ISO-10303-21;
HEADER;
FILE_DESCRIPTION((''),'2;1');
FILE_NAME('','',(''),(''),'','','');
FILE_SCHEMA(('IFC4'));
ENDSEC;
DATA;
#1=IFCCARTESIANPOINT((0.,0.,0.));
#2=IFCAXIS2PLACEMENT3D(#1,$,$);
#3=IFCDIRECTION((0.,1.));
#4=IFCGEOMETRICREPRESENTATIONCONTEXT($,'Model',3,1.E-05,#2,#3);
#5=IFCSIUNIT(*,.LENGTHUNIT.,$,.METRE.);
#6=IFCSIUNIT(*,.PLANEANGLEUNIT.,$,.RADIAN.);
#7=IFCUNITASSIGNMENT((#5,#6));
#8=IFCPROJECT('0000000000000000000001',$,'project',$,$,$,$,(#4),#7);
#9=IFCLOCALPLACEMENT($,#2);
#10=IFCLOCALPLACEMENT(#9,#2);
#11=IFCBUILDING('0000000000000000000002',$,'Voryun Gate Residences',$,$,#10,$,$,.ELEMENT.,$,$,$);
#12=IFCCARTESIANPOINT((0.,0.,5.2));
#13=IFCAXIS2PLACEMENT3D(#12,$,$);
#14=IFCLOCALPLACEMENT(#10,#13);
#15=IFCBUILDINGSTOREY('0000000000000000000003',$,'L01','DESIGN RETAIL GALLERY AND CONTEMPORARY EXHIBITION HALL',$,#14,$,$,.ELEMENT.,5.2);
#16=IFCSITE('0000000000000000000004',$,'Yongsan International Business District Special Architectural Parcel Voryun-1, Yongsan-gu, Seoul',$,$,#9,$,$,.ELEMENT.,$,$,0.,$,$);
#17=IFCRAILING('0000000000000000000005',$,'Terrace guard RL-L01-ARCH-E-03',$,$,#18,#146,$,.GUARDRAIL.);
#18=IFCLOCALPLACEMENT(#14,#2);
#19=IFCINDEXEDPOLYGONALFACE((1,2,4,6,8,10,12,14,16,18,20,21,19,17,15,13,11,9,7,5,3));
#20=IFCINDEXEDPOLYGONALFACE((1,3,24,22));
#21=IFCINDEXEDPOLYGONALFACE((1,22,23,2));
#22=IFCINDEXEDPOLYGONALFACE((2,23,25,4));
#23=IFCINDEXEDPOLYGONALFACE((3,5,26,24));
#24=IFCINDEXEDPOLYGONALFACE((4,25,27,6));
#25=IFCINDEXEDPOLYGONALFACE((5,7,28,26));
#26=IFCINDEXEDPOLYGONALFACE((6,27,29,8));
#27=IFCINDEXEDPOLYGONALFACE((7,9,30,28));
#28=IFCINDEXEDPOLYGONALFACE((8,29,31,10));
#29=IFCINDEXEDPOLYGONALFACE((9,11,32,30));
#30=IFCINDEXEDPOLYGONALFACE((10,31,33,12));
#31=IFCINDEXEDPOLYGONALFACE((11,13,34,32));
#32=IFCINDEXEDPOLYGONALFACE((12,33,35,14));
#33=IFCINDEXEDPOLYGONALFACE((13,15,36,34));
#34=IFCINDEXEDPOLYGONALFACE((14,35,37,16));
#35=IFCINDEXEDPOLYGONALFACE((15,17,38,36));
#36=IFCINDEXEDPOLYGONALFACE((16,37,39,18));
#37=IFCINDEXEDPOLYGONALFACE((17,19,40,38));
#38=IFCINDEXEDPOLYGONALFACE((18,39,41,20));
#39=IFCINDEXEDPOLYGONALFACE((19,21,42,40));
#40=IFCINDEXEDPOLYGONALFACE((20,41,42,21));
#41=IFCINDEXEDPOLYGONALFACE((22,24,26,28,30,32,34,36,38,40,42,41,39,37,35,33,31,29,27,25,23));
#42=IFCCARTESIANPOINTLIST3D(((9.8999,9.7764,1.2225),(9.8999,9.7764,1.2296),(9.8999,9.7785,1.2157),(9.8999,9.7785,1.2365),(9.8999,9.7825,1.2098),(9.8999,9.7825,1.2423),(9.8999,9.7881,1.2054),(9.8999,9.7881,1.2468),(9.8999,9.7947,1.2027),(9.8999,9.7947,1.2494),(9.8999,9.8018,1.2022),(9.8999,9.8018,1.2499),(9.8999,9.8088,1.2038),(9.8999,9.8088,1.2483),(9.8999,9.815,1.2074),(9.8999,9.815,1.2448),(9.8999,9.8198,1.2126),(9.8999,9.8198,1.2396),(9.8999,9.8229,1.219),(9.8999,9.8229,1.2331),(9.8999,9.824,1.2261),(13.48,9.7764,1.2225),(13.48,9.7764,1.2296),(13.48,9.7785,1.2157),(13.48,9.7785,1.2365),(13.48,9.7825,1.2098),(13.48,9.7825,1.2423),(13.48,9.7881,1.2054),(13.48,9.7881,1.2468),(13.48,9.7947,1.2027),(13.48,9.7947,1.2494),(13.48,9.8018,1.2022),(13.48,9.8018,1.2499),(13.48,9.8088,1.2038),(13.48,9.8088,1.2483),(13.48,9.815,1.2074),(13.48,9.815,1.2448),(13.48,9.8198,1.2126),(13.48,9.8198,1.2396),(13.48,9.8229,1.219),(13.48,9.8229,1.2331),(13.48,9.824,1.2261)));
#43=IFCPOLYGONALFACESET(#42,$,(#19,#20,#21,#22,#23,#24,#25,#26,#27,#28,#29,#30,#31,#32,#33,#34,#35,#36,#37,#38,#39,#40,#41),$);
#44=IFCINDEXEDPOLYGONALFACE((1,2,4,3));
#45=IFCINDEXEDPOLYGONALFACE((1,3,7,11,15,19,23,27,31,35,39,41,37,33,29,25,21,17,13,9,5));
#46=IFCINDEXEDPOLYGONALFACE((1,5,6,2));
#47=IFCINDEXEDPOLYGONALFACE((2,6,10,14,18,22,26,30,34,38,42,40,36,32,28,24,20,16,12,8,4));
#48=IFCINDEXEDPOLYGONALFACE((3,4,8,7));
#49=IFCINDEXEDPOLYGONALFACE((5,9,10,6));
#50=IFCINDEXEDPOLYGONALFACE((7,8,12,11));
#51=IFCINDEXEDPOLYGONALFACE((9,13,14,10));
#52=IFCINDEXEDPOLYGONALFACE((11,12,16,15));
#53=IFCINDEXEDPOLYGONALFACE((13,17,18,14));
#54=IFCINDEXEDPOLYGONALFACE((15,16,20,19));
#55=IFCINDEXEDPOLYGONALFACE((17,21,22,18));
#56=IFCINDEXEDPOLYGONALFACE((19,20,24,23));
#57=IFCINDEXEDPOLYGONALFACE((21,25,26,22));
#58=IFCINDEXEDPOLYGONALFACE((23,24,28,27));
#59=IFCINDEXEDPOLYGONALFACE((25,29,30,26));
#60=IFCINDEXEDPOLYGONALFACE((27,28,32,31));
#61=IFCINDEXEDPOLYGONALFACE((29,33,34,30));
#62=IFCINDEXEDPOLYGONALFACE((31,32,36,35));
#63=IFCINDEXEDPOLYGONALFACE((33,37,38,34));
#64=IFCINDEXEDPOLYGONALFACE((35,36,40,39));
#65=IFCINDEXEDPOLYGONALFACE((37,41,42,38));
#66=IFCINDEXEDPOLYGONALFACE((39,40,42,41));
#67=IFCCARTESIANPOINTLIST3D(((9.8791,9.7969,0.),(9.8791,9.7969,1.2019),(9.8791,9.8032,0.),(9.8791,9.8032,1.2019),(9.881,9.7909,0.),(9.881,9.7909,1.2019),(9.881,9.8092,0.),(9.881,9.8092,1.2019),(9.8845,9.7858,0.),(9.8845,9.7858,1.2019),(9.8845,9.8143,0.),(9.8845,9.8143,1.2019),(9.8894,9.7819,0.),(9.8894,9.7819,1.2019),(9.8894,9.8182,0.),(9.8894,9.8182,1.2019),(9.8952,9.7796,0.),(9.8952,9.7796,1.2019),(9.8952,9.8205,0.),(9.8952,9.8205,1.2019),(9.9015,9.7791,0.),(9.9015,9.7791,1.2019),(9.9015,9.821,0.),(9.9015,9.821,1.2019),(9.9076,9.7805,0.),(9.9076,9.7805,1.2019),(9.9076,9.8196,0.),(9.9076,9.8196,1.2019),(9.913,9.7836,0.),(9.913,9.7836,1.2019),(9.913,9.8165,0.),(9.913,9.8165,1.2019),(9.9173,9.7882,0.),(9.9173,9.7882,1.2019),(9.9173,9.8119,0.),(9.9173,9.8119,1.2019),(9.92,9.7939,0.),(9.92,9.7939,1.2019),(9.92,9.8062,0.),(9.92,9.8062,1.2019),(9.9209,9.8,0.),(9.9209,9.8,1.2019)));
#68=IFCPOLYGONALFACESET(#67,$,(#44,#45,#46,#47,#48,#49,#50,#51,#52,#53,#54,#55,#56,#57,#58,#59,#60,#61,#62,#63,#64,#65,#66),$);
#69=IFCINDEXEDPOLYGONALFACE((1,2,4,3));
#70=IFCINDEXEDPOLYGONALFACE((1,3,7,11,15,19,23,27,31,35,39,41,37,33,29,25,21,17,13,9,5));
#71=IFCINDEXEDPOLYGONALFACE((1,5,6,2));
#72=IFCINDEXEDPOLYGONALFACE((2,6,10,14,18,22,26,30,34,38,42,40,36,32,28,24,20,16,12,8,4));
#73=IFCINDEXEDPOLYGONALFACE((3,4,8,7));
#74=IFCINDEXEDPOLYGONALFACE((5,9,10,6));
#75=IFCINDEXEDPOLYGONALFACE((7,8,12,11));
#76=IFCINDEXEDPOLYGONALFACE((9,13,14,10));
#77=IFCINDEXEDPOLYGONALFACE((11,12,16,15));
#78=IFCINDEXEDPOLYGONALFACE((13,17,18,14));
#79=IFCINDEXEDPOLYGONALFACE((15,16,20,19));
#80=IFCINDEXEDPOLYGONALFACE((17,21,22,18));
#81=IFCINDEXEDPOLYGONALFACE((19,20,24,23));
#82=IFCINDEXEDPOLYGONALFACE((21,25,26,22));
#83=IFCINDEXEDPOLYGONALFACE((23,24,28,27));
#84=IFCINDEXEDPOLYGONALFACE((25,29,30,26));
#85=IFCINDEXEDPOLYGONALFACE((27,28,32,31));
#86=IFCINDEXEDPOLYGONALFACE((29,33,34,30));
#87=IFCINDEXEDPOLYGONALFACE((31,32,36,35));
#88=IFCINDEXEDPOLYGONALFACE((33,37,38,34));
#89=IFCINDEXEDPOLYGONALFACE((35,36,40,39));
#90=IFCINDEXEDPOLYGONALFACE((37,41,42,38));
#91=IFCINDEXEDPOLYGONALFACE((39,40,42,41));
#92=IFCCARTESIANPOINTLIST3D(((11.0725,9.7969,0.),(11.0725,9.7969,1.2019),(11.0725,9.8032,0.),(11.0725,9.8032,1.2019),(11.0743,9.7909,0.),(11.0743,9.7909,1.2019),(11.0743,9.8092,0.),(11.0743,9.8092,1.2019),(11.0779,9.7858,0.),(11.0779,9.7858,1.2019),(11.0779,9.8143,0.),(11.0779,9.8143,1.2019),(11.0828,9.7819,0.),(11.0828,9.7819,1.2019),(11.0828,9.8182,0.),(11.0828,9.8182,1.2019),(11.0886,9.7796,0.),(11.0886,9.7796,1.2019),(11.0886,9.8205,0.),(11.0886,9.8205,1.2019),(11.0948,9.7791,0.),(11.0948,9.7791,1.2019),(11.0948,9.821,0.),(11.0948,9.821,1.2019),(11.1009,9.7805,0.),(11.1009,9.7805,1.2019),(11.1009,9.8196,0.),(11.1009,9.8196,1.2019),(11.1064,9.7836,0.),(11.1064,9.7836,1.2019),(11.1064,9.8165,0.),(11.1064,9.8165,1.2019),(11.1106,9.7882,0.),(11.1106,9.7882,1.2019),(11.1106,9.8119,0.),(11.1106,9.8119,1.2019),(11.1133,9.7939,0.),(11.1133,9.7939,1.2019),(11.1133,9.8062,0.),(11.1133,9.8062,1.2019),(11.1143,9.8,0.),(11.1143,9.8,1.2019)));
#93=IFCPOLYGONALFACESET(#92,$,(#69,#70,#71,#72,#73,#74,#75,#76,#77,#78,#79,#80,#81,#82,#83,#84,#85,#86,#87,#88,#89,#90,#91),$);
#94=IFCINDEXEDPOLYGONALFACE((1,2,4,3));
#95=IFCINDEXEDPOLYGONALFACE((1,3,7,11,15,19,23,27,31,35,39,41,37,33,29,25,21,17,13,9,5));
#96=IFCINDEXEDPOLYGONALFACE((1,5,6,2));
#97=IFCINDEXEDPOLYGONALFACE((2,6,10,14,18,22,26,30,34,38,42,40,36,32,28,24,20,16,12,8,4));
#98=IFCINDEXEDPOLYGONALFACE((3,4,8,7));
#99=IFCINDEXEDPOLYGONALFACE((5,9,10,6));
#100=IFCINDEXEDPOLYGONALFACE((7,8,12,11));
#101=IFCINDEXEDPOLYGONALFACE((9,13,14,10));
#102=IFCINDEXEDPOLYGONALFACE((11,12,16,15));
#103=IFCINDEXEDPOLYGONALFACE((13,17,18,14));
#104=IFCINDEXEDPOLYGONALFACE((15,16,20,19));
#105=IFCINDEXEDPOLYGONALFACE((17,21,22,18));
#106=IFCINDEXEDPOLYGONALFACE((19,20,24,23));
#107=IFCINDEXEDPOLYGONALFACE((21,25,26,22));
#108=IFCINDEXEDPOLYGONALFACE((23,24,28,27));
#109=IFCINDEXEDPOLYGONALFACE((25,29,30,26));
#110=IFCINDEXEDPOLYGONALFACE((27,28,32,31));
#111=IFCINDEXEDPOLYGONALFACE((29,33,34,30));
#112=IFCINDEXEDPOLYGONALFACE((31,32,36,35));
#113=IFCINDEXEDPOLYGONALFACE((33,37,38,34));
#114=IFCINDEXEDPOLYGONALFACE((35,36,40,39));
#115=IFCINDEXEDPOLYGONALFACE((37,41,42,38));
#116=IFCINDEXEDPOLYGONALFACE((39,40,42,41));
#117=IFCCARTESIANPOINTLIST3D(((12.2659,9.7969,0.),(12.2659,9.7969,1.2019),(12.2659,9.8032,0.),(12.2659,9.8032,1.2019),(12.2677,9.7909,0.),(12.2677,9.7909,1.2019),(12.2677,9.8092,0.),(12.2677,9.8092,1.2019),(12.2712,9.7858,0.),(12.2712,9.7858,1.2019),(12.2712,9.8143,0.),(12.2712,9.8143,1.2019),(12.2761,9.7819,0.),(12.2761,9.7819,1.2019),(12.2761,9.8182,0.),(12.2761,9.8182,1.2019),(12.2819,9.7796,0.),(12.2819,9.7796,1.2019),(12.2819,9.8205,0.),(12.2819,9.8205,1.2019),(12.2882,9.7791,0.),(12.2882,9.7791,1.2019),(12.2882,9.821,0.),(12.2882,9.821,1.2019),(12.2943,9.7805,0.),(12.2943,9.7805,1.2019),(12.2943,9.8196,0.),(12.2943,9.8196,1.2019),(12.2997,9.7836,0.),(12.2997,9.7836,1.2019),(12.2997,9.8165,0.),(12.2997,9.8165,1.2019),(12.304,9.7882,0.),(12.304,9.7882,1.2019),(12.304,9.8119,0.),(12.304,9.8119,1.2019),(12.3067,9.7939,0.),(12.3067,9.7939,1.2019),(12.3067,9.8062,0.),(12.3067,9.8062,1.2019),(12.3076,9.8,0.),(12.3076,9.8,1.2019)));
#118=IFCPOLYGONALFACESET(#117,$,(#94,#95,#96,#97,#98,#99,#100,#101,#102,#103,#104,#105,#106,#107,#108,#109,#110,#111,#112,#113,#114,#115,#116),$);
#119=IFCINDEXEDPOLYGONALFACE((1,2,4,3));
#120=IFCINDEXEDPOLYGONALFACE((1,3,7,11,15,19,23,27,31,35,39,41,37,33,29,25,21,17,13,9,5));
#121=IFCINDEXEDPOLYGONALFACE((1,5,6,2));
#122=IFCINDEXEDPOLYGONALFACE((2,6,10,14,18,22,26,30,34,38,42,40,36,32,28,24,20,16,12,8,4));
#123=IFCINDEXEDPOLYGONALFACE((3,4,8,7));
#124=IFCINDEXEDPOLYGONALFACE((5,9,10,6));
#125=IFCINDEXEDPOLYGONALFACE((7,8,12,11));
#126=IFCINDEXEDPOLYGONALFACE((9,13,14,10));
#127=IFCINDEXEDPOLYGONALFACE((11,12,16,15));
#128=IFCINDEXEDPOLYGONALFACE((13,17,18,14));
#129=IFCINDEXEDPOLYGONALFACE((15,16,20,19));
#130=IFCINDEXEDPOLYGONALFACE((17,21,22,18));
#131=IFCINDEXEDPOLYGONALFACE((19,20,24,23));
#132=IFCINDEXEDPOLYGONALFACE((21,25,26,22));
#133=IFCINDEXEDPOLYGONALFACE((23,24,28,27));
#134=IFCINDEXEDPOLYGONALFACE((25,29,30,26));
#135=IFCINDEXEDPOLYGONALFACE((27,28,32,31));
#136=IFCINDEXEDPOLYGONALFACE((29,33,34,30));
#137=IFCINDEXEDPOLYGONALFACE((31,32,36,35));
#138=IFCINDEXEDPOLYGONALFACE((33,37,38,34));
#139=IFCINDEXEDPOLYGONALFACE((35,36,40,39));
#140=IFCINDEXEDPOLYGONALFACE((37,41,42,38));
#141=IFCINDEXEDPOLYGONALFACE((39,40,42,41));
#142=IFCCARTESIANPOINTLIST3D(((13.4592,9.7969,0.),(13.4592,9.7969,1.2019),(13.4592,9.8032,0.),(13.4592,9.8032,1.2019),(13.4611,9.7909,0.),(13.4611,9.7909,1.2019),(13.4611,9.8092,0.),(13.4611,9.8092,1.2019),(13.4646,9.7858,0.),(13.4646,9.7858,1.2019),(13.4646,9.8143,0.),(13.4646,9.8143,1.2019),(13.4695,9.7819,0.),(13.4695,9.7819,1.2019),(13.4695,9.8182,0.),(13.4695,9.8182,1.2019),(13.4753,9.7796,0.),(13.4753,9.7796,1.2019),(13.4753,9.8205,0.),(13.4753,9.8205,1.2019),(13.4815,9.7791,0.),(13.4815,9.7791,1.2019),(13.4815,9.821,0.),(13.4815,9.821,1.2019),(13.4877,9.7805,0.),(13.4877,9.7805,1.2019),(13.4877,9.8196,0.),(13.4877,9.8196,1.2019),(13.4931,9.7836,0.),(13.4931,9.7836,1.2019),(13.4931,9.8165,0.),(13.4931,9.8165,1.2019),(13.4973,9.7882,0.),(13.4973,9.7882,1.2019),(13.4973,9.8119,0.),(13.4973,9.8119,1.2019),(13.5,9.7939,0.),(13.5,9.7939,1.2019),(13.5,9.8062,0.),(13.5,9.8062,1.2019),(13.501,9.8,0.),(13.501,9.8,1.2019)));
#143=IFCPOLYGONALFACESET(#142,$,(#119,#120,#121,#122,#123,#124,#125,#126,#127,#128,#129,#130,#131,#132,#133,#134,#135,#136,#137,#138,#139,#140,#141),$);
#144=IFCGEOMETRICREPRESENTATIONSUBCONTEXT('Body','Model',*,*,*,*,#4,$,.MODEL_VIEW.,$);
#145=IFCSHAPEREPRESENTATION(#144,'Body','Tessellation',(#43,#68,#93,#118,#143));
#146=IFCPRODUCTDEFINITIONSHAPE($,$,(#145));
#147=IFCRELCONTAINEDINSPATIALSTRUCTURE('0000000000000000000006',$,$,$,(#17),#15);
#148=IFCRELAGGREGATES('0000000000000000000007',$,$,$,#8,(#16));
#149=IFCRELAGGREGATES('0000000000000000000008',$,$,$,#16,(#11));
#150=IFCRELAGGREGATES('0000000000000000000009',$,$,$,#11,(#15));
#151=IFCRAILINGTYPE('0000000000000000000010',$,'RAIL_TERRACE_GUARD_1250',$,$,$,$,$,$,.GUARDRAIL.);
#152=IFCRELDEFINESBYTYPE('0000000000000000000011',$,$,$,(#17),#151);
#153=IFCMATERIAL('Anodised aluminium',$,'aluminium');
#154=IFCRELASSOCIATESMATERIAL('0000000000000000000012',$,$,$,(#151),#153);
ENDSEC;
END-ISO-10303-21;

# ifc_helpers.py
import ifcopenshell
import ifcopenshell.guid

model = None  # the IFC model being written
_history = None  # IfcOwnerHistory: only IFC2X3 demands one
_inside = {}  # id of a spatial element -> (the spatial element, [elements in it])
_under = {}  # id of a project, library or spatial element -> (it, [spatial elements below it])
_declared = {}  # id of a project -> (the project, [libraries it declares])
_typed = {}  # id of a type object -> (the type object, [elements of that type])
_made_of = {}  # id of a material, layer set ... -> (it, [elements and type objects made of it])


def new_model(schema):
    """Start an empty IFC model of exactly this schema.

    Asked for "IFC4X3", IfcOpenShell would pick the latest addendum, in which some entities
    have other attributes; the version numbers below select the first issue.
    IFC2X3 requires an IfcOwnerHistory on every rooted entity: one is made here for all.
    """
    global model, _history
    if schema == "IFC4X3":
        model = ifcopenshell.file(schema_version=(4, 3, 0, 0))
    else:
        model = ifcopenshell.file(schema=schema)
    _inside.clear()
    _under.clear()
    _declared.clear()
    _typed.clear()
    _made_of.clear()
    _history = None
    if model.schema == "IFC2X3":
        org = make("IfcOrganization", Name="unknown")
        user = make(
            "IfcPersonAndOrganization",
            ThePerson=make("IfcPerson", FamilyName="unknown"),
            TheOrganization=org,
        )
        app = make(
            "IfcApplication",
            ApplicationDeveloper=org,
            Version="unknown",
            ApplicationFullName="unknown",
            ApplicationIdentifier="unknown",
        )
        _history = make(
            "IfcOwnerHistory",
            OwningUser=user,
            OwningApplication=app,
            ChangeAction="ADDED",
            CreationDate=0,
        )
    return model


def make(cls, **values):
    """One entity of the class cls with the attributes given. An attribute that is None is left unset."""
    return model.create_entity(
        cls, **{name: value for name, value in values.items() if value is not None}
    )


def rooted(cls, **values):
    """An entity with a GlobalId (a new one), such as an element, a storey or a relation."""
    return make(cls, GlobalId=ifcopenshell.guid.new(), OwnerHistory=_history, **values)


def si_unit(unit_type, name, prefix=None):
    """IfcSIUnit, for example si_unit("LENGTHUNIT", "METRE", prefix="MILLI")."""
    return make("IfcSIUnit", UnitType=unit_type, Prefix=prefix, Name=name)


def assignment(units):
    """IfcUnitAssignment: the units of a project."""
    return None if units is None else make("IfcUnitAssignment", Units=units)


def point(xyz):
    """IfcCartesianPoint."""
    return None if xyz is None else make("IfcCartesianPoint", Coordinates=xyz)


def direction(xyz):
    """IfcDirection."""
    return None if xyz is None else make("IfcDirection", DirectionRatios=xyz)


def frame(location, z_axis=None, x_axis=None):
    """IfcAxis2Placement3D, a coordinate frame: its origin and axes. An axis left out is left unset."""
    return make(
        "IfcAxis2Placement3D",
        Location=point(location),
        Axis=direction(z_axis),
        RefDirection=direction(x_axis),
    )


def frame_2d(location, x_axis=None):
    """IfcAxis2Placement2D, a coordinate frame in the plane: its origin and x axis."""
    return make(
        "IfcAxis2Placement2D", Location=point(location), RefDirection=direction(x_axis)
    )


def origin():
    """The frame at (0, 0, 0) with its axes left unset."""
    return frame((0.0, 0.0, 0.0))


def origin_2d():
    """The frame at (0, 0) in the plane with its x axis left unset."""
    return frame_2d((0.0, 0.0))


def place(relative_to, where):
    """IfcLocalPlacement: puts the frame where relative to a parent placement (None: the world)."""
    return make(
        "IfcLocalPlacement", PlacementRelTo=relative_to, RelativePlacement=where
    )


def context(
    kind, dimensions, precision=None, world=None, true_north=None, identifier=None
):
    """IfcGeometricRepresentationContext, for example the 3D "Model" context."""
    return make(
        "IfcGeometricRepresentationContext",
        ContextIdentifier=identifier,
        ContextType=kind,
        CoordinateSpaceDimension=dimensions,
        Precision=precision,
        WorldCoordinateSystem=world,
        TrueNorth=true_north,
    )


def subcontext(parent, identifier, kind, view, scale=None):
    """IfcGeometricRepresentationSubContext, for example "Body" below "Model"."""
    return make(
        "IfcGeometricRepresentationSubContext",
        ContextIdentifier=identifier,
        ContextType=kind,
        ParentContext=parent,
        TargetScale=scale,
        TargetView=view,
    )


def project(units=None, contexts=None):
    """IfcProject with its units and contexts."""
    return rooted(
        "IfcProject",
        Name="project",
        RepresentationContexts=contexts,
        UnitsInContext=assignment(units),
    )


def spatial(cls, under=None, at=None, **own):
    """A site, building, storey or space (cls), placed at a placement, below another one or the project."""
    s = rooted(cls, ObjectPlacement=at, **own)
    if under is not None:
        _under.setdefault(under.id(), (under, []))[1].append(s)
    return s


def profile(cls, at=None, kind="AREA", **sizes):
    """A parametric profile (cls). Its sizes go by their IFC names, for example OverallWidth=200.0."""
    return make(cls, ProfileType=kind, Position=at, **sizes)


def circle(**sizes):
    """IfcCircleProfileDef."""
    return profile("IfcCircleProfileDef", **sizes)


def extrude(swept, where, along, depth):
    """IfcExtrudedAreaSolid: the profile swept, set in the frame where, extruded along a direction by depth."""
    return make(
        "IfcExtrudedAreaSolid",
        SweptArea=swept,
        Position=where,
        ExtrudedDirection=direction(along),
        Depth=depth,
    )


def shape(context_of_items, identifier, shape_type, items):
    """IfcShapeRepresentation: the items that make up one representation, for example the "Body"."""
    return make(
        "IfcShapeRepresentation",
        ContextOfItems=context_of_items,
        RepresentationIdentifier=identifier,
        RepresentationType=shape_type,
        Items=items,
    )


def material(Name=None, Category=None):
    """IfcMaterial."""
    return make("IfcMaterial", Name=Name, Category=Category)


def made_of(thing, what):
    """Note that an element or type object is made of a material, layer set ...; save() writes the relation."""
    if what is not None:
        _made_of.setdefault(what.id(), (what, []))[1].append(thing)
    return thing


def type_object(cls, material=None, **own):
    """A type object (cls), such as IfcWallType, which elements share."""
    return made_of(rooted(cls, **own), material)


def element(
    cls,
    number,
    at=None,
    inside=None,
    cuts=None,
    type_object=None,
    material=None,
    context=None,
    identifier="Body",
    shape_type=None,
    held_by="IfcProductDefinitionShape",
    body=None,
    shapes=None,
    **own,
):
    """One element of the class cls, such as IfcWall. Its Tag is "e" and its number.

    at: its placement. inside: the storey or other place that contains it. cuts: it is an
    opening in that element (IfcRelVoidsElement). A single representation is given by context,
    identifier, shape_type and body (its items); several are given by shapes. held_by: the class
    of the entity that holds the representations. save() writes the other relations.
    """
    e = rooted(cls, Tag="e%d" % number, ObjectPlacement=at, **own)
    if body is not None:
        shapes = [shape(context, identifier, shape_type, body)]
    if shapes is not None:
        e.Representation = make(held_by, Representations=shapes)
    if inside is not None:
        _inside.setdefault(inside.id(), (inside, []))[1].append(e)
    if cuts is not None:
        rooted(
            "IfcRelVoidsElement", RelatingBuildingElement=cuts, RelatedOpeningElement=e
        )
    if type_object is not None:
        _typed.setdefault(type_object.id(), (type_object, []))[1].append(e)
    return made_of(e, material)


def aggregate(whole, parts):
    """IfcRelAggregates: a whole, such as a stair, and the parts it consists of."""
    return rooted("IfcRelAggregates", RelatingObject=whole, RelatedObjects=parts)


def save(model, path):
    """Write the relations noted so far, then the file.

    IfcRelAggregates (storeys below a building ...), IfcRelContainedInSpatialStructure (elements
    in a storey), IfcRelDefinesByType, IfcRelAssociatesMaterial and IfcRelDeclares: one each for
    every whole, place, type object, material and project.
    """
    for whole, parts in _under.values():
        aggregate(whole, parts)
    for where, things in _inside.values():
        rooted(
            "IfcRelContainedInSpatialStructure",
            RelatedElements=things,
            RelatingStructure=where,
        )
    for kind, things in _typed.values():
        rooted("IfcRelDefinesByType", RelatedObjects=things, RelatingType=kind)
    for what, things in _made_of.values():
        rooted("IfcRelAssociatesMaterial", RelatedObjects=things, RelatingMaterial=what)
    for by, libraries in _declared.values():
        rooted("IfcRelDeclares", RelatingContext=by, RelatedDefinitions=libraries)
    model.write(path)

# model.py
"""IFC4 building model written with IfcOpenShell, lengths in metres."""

from ifc_helpers import new_model, si_unit, direction, frame, origin, origin_2d, place, context, subcontext, project, spatial, circle, extrude, material, type_object, element, save


model = new_model("IFC4")

# Units and contexts
model_context = context("Model", 3, precision=1e-05, world=origin(), true_north=direction((0.0, 1.0)))
body_context = subcontext(model_context, "Body", "Model", "MODEL_VIEW")
ifc_project = project(units=[si_unit("LENGTHUNIT", "METRE"), si_unit("PLANEANGLEUNIT", "RADIAN")], contexts=[model_context])

# Site, building, storey
site_placement = place(None, origin())
site = spatial("IfcSite", under=ifc_project, at=site_placement, Name="Yongsan International Business District Special Architectural Parcel Voryun-1, Yongsan-gu, Seoul", CompositionType="ELEMENT", RefElevation=0.0)
building_placement = place(site_placement, origin())
building = spatial("IfcBuilding", under=site, at=building_placement, Name="Voryun Gate Residences", CompositionType="ELEMENT")
storey_placement = place(building_placement, frame((0.0, 0.0, 5.2)))
storey = spatial("IfcBuildingStorey", under=building, at=storey_placement, Name="L01", Description="DESIGN RETAIL GALLERY AND CONTEMPORARY EXHIBITION HALL", CompositionType="ELEMENT", Elevation=5.2)

# Railing
ifc_material_1 = material(Name="Anodised aluminium", Category="aluminium")
railing_type = type_object("IfcRailingType", Name="RAIL_TERRACE_GUARD_1250", PredefinedType="GUARDRAIL", material=ifc_material_1)
railing_1_placement = place(storey_placement, frame((9.8999, 9.8, 0.0)))
element("IfcRailing", 1, at=railing_1_placement, inside=storey, type_object=railing_type, Name="Terrace guard RL-L01-ARCH-E-03", PredefinedType="GUARDRAIL", context=body_context, shape_type="SweptSolid", body=[
    extrude(circle(Radius=0.0239, at=origin_2d()), frame((0.0, 0.0, 1.2261), z_axis=(1.0, 0.0, 0.0), x_axis=(0.0, 1.0, 0.0)), (0.0, 0.0, 1.0), 3.5801),
    extrude(circle(Radius=0.021, at=origin_2d()), origin(), (0.0, 0.0, 1.0), 1.2019),
    extrude(circle(Radius=0.021, at=origin_2d()), frame((1.1934, 0.0, 0.0)), (0.0, 0.0, 1.0), 1.2019),
    extrude(circle(Radius=0.021, at=origin_2d()), frame((2.3867, 0.0, 0.0)), (0.0, 0.0, 1.0), 1.2019),
    extrude(circle(Radius=0.021, at=origin_2d()), frame((3.5801, 0.0, 0.0)), (0.0, 0.0, 1.0), 1.2019),
])

save(model, "model.ifc")
